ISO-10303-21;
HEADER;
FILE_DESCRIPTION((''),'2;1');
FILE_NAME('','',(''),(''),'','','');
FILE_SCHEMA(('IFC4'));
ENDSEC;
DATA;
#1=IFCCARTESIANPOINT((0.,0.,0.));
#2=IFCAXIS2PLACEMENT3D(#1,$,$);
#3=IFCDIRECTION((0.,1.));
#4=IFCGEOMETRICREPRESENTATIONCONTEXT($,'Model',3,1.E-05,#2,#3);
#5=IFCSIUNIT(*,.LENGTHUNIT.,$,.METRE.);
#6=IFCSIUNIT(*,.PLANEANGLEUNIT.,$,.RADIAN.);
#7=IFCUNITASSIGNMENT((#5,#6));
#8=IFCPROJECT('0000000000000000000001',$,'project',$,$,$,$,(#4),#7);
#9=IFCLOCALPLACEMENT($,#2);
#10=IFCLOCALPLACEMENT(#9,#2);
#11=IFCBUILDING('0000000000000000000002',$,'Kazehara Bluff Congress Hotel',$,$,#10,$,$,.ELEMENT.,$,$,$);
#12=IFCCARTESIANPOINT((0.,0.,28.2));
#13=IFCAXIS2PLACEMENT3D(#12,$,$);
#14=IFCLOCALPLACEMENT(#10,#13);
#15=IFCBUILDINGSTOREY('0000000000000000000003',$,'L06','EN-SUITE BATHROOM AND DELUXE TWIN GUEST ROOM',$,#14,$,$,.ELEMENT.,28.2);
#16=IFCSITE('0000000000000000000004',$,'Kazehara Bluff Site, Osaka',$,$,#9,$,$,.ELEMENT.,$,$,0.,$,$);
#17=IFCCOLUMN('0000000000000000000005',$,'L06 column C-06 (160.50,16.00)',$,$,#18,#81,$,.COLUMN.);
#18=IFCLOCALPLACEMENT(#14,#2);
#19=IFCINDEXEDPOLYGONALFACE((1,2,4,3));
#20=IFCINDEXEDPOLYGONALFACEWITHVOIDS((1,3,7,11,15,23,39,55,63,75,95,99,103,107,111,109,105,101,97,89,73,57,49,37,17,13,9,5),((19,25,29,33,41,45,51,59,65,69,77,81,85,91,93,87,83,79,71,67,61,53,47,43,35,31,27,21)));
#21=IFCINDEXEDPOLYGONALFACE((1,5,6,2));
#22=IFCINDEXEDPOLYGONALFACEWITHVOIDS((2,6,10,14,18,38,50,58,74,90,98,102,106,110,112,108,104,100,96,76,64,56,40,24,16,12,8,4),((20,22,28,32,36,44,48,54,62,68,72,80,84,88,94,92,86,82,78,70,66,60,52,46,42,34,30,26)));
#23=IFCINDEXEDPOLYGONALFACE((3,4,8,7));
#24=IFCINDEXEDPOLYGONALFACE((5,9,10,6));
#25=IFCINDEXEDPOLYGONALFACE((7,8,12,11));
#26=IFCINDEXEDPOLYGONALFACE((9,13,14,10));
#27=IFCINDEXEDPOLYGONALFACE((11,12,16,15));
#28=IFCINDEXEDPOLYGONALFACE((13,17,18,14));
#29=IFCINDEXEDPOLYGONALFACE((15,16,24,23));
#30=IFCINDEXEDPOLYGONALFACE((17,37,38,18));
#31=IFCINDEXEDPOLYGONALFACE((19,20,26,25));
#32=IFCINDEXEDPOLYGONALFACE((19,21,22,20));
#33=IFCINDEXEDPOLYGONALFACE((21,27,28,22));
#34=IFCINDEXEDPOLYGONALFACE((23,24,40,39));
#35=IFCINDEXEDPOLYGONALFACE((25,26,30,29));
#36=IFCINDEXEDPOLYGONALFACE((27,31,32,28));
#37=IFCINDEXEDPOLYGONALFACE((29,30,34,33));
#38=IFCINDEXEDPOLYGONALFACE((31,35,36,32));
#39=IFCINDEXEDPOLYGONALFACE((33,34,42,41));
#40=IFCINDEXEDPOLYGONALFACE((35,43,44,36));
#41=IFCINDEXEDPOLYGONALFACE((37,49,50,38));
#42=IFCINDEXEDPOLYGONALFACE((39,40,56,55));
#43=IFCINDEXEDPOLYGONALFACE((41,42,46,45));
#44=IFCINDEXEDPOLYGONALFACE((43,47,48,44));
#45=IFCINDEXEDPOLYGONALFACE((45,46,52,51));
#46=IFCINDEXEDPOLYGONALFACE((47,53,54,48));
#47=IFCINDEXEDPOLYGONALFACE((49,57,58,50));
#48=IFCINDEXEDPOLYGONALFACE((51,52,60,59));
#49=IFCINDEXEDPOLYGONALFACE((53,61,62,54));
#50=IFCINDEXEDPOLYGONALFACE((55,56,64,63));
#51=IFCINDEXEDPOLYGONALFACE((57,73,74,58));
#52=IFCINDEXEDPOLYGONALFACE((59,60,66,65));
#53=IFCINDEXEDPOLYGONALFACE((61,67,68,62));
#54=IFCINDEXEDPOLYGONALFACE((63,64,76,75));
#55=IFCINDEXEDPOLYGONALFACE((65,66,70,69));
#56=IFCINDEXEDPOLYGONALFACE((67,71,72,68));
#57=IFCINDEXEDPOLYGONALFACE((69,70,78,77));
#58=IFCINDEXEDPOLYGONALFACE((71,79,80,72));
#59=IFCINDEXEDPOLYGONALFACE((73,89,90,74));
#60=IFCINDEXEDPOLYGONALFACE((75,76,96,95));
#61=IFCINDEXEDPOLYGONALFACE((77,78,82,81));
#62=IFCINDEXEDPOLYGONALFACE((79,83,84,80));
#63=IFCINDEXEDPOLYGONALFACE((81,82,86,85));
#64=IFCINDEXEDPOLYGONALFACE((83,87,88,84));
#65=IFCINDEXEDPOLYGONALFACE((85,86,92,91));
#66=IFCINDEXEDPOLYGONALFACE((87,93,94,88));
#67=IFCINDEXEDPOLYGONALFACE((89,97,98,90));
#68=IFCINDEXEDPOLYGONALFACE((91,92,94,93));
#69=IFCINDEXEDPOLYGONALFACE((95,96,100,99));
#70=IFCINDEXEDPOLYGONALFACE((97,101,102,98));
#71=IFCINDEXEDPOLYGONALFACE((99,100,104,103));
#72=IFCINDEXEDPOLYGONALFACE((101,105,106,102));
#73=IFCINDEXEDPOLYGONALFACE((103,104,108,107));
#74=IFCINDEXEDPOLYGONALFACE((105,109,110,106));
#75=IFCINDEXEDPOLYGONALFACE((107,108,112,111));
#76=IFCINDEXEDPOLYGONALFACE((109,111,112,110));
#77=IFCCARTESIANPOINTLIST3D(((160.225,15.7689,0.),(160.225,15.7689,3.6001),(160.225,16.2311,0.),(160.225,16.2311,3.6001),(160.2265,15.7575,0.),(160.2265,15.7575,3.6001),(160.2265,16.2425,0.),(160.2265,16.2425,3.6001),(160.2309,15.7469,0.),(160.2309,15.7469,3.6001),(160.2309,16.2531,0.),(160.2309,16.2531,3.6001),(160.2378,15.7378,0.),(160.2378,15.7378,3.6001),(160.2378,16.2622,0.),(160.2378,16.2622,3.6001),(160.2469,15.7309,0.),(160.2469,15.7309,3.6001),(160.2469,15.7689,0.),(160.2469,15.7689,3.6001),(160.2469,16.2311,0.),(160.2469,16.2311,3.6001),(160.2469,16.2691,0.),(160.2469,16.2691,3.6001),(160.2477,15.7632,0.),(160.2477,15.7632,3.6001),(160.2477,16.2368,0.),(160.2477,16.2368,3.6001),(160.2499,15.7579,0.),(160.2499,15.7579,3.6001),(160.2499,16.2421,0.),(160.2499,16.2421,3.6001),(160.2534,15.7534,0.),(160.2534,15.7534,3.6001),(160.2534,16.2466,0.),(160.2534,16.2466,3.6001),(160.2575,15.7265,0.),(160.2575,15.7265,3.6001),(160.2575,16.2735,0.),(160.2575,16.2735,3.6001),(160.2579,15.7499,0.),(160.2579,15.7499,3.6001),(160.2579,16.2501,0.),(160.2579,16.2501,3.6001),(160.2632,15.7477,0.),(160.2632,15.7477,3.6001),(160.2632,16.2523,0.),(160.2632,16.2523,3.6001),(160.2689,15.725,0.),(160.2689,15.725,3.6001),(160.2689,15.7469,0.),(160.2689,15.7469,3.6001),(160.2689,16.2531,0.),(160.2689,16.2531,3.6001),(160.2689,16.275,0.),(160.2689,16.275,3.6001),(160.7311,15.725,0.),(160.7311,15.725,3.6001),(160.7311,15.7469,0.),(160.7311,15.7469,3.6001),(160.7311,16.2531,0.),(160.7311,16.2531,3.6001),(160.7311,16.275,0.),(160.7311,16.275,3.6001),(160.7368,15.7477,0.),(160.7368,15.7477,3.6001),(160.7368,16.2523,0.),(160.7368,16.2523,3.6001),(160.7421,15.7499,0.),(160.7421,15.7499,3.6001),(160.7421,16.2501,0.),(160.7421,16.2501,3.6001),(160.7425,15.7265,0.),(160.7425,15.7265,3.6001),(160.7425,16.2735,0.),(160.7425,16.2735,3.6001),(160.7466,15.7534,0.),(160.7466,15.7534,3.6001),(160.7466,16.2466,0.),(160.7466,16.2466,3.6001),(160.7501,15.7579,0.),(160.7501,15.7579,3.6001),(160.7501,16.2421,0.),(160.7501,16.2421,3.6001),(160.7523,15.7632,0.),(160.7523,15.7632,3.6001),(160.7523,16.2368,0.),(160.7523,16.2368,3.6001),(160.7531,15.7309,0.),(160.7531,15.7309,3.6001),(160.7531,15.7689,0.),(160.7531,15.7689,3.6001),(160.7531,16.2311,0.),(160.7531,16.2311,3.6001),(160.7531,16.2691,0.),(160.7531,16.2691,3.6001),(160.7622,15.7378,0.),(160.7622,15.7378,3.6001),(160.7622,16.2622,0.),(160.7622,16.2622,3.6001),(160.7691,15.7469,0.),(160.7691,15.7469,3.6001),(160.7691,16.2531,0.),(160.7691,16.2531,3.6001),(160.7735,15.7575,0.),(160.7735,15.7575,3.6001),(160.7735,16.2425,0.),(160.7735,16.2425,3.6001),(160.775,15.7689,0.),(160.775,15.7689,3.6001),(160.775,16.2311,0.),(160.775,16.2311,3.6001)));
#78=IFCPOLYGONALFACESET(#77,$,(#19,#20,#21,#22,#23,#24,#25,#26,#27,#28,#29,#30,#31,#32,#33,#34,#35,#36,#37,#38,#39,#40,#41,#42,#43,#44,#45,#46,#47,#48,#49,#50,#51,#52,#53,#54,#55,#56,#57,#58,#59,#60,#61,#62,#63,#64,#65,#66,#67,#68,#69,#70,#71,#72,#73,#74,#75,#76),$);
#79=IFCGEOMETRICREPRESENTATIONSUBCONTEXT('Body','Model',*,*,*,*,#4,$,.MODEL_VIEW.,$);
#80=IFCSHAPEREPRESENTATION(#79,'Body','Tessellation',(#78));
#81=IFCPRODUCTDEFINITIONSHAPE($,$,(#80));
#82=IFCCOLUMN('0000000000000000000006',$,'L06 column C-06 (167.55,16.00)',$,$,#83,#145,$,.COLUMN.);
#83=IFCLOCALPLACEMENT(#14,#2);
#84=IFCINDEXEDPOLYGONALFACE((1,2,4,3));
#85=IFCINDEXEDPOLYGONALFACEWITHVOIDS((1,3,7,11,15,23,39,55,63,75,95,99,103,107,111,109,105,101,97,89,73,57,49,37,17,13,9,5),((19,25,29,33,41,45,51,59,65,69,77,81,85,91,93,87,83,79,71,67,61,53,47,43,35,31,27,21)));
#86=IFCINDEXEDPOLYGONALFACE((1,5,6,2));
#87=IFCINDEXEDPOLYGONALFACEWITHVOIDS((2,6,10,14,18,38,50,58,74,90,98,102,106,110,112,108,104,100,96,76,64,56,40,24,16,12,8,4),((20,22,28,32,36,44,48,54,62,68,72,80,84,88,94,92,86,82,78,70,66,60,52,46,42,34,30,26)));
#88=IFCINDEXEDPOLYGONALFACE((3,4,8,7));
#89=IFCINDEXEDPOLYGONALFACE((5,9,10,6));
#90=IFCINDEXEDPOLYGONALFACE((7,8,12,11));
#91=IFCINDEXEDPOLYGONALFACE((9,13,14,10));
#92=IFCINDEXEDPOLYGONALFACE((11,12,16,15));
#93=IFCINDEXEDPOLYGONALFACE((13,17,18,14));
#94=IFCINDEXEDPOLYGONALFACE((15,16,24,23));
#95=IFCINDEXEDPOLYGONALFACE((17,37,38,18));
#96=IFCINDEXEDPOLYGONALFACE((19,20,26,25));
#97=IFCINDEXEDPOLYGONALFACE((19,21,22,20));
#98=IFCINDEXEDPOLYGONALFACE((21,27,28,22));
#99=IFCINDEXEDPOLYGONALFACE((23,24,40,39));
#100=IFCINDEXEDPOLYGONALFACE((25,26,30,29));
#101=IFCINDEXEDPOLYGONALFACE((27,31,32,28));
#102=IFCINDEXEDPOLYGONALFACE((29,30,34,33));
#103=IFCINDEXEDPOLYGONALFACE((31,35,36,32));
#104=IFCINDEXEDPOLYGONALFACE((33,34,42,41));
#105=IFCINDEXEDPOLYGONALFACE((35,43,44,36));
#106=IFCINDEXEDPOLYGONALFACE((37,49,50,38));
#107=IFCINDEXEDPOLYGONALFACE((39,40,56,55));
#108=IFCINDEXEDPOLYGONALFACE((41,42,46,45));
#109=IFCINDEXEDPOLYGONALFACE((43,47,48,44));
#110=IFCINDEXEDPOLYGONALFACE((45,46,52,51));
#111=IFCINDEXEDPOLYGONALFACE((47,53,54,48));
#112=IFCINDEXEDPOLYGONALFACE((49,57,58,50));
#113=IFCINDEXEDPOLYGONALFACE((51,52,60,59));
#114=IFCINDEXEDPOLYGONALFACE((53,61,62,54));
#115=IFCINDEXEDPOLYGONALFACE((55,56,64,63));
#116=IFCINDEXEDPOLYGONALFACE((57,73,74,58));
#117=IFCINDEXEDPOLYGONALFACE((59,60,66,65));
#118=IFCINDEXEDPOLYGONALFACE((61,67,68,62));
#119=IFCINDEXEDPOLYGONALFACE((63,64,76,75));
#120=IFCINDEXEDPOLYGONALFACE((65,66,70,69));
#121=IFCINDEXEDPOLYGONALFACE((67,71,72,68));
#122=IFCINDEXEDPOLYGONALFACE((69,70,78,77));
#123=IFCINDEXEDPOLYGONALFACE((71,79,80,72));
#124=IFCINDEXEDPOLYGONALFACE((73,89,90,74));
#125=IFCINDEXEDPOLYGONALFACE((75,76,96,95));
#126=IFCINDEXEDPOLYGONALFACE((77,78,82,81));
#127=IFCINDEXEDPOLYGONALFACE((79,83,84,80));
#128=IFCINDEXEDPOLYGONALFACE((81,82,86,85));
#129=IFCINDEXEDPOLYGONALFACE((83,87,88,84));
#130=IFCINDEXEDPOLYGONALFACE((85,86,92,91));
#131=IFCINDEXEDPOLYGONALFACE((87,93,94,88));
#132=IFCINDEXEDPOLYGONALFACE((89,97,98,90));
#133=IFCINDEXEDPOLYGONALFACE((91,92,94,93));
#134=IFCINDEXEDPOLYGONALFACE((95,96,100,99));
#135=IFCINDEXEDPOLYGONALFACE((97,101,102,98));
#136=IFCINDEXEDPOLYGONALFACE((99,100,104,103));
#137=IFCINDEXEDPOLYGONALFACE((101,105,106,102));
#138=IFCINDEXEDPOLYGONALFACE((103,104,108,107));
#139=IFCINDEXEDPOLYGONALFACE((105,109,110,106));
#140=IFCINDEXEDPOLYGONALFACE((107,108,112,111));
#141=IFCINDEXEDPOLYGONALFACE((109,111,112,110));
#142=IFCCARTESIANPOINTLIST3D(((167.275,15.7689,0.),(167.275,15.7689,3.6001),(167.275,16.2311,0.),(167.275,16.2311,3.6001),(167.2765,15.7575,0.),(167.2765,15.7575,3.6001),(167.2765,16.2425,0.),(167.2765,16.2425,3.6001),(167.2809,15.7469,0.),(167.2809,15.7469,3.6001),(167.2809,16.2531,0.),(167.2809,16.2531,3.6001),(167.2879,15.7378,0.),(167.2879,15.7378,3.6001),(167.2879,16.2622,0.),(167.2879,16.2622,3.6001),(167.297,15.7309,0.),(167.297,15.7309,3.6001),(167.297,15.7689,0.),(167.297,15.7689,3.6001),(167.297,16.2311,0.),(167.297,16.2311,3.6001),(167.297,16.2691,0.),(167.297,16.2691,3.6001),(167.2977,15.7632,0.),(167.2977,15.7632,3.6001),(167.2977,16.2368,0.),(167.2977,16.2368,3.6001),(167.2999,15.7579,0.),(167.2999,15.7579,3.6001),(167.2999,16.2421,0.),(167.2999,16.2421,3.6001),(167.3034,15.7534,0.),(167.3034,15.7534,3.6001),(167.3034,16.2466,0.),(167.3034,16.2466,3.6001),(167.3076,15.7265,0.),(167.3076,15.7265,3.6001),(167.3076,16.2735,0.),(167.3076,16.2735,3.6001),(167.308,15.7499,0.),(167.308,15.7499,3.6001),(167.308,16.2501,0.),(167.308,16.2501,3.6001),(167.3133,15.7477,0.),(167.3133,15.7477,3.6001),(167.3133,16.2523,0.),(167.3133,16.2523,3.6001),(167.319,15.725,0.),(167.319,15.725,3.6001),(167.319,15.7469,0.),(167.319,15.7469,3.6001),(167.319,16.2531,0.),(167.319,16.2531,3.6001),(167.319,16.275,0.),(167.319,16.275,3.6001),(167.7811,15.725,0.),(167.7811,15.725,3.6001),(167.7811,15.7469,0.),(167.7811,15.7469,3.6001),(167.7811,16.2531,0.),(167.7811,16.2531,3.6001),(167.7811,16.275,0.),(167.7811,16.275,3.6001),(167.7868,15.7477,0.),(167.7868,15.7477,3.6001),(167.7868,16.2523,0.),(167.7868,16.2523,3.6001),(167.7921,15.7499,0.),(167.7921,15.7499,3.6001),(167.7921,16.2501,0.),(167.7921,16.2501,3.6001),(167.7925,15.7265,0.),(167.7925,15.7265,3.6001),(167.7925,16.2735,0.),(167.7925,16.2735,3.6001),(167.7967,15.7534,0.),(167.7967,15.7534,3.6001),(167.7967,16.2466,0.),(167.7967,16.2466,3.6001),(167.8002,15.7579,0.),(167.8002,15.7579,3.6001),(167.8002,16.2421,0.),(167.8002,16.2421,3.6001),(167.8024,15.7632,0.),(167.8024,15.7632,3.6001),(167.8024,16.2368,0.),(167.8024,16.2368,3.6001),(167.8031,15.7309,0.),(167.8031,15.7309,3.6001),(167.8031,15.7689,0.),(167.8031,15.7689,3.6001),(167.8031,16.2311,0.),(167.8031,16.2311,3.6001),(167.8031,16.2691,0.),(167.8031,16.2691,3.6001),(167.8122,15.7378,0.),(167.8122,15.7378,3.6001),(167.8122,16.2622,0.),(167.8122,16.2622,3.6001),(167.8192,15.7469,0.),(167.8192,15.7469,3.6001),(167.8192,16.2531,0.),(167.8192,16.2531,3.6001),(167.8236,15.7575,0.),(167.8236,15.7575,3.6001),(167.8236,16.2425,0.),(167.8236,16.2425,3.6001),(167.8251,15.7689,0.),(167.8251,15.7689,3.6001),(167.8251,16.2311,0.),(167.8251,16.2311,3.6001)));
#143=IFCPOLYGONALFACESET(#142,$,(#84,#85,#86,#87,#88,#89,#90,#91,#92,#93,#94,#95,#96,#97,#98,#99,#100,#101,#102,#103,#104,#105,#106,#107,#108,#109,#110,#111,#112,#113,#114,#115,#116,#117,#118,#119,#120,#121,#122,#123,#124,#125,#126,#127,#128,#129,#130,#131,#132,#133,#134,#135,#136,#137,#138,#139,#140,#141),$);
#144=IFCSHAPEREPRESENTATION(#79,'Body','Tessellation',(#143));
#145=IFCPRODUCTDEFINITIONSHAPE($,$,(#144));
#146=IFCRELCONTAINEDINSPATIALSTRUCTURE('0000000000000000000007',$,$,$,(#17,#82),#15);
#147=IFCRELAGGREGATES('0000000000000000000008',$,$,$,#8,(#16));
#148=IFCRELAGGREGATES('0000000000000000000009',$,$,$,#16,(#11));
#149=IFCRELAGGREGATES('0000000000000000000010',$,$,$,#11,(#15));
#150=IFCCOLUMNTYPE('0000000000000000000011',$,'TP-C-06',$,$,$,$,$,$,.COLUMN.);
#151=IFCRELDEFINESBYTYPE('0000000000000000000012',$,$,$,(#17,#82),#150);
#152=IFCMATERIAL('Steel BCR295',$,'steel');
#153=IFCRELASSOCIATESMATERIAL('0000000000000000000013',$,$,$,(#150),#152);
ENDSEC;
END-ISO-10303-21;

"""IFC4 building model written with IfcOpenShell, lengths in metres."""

from ifc_helpers import new_model, si_unit, direction, frame, origin, origin_2d, place, context, subcontext, project, spatial, hollow_rectangle, extrude, material, material_profile, profile_set, type_object, element, save


model = new_model("IFC4")

# Units and contexts
model_context = context("Model", 3, precision=1e-05, world=origin(), true_north=direction((0.0, 1.0)))
body_context = subcontext(model_context, "Body", "Model", "MODEL_VIEW")
ifc_project = project(units=[si_unit("LENGTHUNIT", "METRE"), si_unit("PLANEANGLEUNIT", "RADIAN")], contexts=[model_context])

# Site, building, storey
site_placement = place(None, origin())
site = spatial("IfcSite", under=ifc_project, at=site_placement, Name="Kazehara Bluff Site, Osaka", CompositionType="ELEMENT", RefElevation=0.0)
building_placement = place(site_placement, origin())
building = spatial("IfcBuilding", under=site, at=building_placement, Name="Kazehara Bluff Congress Hotel", CompositionType="ELEMENT")
storey_placement = place(building_placement, frame((0.0, 0.0, 28.2)))
storey = spatial("IfcBuildingStorey", under=building, at=storey_placement, Name="L06", Description="EN-SUITE BATHROOM AND DELUXE TWIN GUEST ROOM", CompositionType="ELEMENT", Elevation=28.2)

# Columns
ifc_material_1 = material(Name="Steel BCR295", Category="steel")
ifc_material_profile_1 = material_profile(ifc_material_1, hollow_rectangle(XDim=0.55, YDim=0.55, WallThickness=0.022, InnerFilletRadius=0.022, OuterFilletRadius=0.0439, at=origin_2d()))
ifc_profile_set_1 = profile_set([ifc_material_profile_1], Name="Steel BCR295")
column_type = type_object("IfcColumnType", Name="TP-C-06", PredefinedType="COLUMN", material=ifc_profile_set_1)
for number, where, z_axis, x_axis, name in (
    (1, (160.5, 16.0, 0.0), (0.0, 0.0, 1.0), (1.0, 0.0, 0.0), "L06 column C-06 (160.50,16.00)"),
    (2, (167.55, 16.0, 0.0), (0.0, 0.0, 1.0), (1.0, 0.0, 0.0), "L06 column C-06 (167.55,16.00)"),
):
    element("IfcColumn", number, at=place(storey_placement, frame(where, z_axis=z_axis, x_axis=x_axis)), inside=storey, type_object=column_type, Name=name, PredefinedType="COLUMN", context=body_context, shape_type="SweptSolid", body=[
        extrude(hollow_rectangle(XDim=0.55, YDim=0.55, WallThickness=0.022, InnerFilletRadius=0.022, OuterFilletRadius=0.0439, at=origin_2d()), origin(), (0.0, 0.0, 1.0), 3.6001),
    ])

save(model, "model.ifc")
